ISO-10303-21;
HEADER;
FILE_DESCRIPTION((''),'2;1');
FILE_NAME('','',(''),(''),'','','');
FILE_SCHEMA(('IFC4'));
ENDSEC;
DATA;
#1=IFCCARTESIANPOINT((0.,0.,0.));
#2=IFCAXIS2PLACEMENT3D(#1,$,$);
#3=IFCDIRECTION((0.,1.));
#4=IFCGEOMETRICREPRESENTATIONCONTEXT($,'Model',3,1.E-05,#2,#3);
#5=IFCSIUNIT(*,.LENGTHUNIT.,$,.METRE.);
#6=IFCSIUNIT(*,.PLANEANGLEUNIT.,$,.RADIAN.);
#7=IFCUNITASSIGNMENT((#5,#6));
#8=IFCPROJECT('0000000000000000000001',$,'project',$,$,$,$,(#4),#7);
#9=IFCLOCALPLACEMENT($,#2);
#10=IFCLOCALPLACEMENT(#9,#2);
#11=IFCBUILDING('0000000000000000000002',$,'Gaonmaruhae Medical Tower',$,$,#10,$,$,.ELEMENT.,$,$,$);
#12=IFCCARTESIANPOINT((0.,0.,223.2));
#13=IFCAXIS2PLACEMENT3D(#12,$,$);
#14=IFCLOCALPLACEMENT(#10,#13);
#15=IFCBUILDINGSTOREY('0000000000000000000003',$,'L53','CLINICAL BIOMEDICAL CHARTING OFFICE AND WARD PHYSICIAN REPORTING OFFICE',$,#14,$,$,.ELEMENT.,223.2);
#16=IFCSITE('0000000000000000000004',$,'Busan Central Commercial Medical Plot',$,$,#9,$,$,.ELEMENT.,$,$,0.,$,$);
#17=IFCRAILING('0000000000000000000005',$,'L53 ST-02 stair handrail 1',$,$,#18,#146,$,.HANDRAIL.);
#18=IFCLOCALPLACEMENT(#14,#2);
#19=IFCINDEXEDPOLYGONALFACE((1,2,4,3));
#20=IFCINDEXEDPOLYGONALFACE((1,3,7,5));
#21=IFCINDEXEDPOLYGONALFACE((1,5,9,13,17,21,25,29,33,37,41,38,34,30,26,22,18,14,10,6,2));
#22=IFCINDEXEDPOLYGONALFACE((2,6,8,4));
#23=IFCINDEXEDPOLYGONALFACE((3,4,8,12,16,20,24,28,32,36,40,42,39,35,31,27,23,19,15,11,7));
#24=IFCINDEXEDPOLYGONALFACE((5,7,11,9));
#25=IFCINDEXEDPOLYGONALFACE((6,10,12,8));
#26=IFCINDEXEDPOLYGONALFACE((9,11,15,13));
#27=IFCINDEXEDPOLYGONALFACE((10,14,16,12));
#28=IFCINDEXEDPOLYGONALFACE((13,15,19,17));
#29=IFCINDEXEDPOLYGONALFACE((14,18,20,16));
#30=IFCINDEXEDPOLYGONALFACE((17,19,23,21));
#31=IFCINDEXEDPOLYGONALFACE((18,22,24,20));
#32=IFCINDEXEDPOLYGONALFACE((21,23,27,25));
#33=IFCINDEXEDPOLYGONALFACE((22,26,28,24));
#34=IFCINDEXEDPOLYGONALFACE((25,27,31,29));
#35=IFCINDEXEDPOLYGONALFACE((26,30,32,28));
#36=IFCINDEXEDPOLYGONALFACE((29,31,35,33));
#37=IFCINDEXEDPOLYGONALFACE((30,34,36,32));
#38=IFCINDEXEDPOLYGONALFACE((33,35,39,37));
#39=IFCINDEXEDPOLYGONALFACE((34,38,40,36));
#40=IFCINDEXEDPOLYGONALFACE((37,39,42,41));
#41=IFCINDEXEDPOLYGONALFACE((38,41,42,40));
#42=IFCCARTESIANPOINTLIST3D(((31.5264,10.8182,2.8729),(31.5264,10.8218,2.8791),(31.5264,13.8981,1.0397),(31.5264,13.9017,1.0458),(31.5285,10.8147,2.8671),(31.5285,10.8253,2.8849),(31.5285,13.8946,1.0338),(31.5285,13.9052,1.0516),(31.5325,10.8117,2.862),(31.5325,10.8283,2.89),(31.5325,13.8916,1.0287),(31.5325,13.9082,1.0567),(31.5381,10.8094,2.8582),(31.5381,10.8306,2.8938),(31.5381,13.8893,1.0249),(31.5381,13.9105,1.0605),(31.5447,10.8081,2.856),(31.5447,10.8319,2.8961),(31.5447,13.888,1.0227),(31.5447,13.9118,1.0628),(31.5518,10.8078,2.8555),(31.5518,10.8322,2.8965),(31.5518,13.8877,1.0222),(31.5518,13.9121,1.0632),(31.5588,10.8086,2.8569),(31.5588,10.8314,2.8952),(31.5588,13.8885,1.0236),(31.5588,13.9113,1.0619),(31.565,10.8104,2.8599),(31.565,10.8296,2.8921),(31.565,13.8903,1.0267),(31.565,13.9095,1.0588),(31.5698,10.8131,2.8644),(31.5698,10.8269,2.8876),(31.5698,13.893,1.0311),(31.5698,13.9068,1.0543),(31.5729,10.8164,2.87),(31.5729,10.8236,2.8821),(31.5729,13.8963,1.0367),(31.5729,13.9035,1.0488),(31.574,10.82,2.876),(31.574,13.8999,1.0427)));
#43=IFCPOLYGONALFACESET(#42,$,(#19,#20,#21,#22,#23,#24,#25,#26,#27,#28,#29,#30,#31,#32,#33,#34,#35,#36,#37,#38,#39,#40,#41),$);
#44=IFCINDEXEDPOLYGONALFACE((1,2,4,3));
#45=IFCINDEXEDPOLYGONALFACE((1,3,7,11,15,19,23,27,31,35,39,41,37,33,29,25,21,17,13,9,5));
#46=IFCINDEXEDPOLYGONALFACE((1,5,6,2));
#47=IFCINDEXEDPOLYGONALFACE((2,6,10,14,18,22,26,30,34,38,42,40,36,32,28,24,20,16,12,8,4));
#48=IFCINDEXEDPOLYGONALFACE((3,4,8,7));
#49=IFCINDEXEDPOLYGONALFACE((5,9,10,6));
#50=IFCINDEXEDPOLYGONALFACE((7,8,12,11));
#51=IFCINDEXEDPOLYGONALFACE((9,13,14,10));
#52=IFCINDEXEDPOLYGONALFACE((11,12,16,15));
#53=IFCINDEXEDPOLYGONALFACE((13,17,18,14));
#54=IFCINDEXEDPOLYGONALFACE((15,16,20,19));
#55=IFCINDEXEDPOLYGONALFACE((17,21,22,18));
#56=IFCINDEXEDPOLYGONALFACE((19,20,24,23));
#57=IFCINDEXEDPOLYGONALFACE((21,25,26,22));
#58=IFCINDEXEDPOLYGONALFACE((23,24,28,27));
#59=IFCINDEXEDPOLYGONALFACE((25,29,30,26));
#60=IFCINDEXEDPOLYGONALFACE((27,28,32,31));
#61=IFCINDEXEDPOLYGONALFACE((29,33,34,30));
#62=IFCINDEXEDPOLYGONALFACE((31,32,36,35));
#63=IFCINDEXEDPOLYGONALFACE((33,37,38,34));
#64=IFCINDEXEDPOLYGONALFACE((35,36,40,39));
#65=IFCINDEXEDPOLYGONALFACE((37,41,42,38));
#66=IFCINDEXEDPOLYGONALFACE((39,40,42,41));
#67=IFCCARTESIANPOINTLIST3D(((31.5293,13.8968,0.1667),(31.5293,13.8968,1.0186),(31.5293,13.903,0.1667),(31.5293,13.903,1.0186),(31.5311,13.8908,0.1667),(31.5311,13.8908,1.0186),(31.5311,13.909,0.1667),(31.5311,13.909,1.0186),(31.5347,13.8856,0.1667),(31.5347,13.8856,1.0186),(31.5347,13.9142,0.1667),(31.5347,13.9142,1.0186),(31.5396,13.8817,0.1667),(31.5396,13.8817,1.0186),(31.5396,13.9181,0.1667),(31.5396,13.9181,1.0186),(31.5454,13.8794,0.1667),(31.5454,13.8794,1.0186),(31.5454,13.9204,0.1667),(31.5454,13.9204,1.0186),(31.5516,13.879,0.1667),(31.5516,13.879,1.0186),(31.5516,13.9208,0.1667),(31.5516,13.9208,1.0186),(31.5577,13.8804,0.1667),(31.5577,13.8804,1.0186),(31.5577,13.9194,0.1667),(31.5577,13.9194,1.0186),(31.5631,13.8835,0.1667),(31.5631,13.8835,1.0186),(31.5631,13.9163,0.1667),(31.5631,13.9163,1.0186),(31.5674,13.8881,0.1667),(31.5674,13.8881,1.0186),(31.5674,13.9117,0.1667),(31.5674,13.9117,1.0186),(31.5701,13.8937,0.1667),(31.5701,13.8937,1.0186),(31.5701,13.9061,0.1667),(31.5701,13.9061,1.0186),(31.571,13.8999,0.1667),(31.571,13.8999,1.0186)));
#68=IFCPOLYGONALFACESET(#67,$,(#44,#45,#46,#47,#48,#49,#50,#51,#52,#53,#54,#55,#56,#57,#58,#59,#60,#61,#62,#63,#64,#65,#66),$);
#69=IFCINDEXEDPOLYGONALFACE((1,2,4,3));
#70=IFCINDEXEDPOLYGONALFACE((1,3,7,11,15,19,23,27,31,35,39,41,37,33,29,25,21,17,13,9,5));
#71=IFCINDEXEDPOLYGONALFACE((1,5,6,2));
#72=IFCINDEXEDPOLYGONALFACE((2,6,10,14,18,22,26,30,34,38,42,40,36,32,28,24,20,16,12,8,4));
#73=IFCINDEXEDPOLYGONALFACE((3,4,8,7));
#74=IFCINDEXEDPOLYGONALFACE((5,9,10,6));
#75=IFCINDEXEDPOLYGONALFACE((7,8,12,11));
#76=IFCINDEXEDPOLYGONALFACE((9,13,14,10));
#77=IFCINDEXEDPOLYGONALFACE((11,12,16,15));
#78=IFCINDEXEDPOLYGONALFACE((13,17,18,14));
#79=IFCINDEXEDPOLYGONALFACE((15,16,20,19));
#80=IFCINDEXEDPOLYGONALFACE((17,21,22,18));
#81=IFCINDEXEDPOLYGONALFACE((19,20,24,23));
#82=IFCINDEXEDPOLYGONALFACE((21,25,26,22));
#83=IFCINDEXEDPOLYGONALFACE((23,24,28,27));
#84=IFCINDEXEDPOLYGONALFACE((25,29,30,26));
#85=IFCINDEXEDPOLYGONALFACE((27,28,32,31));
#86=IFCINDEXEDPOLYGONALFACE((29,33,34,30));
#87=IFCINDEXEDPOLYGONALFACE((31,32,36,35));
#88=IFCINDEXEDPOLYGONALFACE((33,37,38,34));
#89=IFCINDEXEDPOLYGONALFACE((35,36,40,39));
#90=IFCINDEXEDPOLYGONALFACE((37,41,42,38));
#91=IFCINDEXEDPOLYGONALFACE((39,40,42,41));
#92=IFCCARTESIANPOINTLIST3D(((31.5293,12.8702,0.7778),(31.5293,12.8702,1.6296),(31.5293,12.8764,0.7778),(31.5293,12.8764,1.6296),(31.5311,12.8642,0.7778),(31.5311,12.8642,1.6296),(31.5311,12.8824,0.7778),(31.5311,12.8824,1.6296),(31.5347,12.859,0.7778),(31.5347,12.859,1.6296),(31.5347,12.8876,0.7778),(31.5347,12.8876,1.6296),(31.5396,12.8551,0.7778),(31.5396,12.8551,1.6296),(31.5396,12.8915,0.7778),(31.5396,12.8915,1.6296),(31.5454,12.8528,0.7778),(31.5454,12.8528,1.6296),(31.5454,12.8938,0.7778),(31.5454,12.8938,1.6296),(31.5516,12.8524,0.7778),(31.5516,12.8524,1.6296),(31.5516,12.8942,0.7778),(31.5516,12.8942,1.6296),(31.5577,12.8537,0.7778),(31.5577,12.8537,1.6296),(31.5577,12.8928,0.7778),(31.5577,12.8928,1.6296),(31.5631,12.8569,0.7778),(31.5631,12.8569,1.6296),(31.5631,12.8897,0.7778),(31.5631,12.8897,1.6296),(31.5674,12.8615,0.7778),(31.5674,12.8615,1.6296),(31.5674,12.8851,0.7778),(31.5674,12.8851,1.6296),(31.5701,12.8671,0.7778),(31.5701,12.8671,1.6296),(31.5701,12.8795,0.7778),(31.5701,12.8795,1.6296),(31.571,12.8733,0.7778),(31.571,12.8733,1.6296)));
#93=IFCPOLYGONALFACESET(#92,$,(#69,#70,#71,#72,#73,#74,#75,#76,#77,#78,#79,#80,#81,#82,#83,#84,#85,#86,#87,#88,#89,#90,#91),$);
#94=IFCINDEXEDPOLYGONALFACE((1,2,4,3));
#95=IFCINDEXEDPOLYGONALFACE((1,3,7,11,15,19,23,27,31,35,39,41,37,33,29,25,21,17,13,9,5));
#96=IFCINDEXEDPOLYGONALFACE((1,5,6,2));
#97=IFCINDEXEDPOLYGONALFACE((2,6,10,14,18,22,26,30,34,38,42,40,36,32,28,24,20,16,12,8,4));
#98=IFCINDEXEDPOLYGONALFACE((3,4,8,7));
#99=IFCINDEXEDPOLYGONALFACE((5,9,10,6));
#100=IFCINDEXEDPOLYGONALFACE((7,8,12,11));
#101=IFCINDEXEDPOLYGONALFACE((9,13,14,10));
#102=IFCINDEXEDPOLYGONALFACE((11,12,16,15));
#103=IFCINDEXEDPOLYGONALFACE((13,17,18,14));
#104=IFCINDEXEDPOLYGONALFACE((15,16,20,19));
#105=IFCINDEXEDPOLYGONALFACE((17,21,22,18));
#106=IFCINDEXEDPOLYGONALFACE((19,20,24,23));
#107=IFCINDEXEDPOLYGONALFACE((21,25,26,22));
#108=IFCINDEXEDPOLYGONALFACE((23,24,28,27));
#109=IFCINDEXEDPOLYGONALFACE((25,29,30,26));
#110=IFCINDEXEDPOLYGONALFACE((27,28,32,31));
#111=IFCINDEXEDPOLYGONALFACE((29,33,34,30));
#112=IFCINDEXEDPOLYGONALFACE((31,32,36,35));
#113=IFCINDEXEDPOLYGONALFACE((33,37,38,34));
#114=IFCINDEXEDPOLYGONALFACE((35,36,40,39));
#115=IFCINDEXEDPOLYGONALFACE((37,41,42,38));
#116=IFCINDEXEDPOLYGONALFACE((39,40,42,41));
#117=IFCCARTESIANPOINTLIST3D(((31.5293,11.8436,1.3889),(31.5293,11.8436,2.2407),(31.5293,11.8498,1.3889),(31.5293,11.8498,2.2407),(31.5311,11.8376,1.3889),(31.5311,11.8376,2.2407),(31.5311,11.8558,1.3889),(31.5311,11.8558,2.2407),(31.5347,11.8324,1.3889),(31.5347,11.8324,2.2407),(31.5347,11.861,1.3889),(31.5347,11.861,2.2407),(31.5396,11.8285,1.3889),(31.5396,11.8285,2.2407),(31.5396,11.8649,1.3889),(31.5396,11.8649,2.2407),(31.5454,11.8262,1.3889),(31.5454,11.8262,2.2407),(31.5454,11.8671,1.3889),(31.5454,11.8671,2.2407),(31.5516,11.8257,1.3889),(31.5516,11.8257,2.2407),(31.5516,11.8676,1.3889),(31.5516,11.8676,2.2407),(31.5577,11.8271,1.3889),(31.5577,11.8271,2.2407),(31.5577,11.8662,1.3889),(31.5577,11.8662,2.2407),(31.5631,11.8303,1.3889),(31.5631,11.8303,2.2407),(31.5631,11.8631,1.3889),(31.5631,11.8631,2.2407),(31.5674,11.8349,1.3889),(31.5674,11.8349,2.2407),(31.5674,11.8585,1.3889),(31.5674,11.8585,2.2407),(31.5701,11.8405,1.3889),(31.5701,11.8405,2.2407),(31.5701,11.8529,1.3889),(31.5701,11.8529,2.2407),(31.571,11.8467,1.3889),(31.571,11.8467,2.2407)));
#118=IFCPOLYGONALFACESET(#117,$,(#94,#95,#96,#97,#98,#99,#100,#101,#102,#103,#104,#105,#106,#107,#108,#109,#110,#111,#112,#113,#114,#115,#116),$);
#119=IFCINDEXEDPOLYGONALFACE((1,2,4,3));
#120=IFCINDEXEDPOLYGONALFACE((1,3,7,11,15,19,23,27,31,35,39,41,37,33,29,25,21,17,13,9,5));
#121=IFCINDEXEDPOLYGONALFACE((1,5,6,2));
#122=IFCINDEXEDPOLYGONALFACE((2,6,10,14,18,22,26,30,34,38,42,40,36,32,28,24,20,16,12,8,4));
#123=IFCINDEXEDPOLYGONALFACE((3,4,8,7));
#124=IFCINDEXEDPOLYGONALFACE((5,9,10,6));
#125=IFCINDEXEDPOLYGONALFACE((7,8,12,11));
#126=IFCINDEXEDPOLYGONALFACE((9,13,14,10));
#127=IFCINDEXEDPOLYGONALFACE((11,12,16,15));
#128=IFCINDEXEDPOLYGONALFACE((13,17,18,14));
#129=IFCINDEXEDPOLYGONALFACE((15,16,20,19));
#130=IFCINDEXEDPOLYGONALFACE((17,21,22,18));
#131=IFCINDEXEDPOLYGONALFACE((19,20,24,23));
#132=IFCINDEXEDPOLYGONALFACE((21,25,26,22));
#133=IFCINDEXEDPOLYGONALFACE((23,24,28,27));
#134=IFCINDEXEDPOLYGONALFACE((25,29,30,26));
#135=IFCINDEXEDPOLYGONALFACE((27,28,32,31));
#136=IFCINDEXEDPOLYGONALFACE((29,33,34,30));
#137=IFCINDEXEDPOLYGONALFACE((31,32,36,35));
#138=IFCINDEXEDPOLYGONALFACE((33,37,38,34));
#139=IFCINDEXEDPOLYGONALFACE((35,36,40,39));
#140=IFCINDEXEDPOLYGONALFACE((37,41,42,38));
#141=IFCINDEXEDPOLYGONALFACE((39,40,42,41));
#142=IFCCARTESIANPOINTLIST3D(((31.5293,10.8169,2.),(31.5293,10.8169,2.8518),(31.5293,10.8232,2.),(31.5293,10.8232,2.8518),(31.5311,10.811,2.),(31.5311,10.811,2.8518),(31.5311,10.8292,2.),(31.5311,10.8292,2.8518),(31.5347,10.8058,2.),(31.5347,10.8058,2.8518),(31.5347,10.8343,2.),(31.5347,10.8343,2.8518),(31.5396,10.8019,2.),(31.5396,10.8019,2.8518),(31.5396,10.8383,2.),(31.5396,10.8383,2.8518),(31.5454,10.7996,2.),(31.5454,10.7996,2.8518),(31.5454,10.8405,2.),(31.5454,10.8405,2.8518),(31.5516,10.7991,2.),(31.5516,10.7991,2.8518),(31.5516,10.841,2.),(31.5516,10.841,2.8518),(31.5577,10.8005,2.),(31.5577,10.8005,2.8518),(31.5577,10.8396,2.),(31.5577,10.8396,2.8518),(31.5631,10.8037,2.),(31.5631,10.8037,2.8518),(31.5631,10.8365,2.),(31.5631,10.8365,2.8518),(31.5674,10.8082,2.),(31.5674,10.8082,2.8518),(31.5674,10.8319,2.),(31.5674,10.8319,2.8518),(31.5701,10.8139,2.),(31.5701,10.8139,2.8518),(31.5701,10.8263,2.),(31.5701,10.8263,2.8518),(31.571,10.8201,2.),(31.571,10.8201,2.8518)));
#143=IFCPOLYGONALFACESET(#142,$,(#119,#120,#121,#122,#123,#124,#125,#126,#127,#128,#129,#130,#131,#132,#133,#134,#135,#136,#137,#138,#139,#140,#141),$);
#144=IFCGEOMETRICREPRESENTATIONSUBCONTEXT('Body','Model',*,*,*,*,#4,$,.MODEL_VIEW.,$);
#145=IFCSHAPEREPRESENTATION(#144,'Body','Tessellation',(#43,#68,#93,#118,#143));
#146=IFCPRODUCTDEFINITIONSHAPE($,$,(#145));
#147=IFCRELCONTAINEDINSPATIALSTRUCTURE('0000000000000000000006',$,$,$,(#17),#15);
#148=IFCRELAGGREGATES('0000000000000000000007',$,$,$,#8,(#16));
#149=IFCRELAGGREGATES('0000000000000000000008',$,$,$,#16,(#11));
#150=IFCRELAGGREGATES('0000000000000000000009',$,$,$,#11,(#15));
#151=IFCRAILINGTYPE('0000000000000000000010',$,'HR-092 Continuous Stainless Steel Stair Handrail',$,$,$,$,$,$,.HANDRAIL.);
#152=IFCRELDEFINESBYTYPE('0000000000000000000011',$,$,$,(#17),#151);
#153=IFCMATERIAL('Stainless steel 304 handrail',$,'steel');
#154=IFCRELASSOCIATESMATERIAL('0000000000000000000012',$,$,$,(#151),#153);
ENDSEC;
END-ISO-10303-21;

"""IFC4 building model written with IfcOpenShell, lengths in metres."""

from ifc_helpers import new_model, si_unit, direction, frame, origin, origin_2d, place, context, subcontext, project, spatial, circle, extrude, material, type_object, element, save


model = new_model("IFC4")

# Units and contexts
model_context = context("Model", 3, precision=1e-05, world=origin(), true_north=direction((0.0, 1.0)))
body_context = subcontext(model_context, "Body", "Model", "MODEL_VIEW")
ifc_project = project(units=[si_unit("LENGTHUNIT", "METRE"), si_unit("PLANEANGLEUNIT", "RADIAN")], contexts=[model_context])

# Site, building, storey
site_placement = place(None, origin())
site = spatial("IfcSite", under=ifc_project, at=site_placement, Name="Busan Central Commercial Medical Plot", CompositionType="ELEMENT", RefElevation=0.0)
building_placement = place(site_placement, origin())
building = spatial("IfcBuilding", under=site, at=building_placement, Name="Gaonmaruhae Medical Tower", CompositionType="ELEMENT")
storey_placement = place(building_placement, frame((0.0, 0.0, 223.2)))
storey = spatial("IfcBuildingStorey", under=building, at=storey_placement, Name="L53", Description="CLINICAL BIOMEDICAL CHARTING OFFICE AND WARD PHYSICIAN REPORTING OFFICE", CompositionType="ELEMENT", Elevation=223.2)

# Railing
ifc_material_1 = material(Name="Stainless steel 304 handrail", Category="steel")
railing_type_1 = type_object("IfcRailingType", Name="HR-092 Continuous Stainless Steel Stair Handrail", PredefinedType="HANDRAIL", material=ifc_material_1)
railing_1_placement = place(storey_placement, frame((31.55, 13.8999, 0.1667)))
element("IfcRailing", 1, at=railing_1_placement, inside=storey, type_object=railing_type_1, Name="L53 ST-02 stair handrail 1", PredefinedType="HANDRAIL", context=body_context, shape_type="SweptSolid", body=[
    extrude(circle(Radius=0.0239, at=origin_2d()), frame((0.0, 0.0, 0.876), z_axis=(0.0, -0.859291, 0.511487), x_axis=(1.0, 0.0, 0.0)), (0.0, 0.0, 1.0), 3.5842),
    extrude(circle(Radius=0.021, at=origin_2d()), origin(), (0.0, 0.0, 1.0), 0.8518),
    extrude(circle(Radius=0.021, at=origin_2d()), frame((0.0, -1.0266, 0.6111)), (0.0, 0.0, 1.0), 0.8518),
    extrude(circle(Radius=0.021, at=origin_2d()), frame((0.0, -2.0532, 1.2222)), (0.0, 0.0, 1.0), 0.8518),
    extrude(circle(Radius=0.021, at=origin_2d()), frame((0.0, -3.0798, 1.8333)), (0.0, 0.0, 1.0), 0.8518),
])

save(model, "model.ifc")
